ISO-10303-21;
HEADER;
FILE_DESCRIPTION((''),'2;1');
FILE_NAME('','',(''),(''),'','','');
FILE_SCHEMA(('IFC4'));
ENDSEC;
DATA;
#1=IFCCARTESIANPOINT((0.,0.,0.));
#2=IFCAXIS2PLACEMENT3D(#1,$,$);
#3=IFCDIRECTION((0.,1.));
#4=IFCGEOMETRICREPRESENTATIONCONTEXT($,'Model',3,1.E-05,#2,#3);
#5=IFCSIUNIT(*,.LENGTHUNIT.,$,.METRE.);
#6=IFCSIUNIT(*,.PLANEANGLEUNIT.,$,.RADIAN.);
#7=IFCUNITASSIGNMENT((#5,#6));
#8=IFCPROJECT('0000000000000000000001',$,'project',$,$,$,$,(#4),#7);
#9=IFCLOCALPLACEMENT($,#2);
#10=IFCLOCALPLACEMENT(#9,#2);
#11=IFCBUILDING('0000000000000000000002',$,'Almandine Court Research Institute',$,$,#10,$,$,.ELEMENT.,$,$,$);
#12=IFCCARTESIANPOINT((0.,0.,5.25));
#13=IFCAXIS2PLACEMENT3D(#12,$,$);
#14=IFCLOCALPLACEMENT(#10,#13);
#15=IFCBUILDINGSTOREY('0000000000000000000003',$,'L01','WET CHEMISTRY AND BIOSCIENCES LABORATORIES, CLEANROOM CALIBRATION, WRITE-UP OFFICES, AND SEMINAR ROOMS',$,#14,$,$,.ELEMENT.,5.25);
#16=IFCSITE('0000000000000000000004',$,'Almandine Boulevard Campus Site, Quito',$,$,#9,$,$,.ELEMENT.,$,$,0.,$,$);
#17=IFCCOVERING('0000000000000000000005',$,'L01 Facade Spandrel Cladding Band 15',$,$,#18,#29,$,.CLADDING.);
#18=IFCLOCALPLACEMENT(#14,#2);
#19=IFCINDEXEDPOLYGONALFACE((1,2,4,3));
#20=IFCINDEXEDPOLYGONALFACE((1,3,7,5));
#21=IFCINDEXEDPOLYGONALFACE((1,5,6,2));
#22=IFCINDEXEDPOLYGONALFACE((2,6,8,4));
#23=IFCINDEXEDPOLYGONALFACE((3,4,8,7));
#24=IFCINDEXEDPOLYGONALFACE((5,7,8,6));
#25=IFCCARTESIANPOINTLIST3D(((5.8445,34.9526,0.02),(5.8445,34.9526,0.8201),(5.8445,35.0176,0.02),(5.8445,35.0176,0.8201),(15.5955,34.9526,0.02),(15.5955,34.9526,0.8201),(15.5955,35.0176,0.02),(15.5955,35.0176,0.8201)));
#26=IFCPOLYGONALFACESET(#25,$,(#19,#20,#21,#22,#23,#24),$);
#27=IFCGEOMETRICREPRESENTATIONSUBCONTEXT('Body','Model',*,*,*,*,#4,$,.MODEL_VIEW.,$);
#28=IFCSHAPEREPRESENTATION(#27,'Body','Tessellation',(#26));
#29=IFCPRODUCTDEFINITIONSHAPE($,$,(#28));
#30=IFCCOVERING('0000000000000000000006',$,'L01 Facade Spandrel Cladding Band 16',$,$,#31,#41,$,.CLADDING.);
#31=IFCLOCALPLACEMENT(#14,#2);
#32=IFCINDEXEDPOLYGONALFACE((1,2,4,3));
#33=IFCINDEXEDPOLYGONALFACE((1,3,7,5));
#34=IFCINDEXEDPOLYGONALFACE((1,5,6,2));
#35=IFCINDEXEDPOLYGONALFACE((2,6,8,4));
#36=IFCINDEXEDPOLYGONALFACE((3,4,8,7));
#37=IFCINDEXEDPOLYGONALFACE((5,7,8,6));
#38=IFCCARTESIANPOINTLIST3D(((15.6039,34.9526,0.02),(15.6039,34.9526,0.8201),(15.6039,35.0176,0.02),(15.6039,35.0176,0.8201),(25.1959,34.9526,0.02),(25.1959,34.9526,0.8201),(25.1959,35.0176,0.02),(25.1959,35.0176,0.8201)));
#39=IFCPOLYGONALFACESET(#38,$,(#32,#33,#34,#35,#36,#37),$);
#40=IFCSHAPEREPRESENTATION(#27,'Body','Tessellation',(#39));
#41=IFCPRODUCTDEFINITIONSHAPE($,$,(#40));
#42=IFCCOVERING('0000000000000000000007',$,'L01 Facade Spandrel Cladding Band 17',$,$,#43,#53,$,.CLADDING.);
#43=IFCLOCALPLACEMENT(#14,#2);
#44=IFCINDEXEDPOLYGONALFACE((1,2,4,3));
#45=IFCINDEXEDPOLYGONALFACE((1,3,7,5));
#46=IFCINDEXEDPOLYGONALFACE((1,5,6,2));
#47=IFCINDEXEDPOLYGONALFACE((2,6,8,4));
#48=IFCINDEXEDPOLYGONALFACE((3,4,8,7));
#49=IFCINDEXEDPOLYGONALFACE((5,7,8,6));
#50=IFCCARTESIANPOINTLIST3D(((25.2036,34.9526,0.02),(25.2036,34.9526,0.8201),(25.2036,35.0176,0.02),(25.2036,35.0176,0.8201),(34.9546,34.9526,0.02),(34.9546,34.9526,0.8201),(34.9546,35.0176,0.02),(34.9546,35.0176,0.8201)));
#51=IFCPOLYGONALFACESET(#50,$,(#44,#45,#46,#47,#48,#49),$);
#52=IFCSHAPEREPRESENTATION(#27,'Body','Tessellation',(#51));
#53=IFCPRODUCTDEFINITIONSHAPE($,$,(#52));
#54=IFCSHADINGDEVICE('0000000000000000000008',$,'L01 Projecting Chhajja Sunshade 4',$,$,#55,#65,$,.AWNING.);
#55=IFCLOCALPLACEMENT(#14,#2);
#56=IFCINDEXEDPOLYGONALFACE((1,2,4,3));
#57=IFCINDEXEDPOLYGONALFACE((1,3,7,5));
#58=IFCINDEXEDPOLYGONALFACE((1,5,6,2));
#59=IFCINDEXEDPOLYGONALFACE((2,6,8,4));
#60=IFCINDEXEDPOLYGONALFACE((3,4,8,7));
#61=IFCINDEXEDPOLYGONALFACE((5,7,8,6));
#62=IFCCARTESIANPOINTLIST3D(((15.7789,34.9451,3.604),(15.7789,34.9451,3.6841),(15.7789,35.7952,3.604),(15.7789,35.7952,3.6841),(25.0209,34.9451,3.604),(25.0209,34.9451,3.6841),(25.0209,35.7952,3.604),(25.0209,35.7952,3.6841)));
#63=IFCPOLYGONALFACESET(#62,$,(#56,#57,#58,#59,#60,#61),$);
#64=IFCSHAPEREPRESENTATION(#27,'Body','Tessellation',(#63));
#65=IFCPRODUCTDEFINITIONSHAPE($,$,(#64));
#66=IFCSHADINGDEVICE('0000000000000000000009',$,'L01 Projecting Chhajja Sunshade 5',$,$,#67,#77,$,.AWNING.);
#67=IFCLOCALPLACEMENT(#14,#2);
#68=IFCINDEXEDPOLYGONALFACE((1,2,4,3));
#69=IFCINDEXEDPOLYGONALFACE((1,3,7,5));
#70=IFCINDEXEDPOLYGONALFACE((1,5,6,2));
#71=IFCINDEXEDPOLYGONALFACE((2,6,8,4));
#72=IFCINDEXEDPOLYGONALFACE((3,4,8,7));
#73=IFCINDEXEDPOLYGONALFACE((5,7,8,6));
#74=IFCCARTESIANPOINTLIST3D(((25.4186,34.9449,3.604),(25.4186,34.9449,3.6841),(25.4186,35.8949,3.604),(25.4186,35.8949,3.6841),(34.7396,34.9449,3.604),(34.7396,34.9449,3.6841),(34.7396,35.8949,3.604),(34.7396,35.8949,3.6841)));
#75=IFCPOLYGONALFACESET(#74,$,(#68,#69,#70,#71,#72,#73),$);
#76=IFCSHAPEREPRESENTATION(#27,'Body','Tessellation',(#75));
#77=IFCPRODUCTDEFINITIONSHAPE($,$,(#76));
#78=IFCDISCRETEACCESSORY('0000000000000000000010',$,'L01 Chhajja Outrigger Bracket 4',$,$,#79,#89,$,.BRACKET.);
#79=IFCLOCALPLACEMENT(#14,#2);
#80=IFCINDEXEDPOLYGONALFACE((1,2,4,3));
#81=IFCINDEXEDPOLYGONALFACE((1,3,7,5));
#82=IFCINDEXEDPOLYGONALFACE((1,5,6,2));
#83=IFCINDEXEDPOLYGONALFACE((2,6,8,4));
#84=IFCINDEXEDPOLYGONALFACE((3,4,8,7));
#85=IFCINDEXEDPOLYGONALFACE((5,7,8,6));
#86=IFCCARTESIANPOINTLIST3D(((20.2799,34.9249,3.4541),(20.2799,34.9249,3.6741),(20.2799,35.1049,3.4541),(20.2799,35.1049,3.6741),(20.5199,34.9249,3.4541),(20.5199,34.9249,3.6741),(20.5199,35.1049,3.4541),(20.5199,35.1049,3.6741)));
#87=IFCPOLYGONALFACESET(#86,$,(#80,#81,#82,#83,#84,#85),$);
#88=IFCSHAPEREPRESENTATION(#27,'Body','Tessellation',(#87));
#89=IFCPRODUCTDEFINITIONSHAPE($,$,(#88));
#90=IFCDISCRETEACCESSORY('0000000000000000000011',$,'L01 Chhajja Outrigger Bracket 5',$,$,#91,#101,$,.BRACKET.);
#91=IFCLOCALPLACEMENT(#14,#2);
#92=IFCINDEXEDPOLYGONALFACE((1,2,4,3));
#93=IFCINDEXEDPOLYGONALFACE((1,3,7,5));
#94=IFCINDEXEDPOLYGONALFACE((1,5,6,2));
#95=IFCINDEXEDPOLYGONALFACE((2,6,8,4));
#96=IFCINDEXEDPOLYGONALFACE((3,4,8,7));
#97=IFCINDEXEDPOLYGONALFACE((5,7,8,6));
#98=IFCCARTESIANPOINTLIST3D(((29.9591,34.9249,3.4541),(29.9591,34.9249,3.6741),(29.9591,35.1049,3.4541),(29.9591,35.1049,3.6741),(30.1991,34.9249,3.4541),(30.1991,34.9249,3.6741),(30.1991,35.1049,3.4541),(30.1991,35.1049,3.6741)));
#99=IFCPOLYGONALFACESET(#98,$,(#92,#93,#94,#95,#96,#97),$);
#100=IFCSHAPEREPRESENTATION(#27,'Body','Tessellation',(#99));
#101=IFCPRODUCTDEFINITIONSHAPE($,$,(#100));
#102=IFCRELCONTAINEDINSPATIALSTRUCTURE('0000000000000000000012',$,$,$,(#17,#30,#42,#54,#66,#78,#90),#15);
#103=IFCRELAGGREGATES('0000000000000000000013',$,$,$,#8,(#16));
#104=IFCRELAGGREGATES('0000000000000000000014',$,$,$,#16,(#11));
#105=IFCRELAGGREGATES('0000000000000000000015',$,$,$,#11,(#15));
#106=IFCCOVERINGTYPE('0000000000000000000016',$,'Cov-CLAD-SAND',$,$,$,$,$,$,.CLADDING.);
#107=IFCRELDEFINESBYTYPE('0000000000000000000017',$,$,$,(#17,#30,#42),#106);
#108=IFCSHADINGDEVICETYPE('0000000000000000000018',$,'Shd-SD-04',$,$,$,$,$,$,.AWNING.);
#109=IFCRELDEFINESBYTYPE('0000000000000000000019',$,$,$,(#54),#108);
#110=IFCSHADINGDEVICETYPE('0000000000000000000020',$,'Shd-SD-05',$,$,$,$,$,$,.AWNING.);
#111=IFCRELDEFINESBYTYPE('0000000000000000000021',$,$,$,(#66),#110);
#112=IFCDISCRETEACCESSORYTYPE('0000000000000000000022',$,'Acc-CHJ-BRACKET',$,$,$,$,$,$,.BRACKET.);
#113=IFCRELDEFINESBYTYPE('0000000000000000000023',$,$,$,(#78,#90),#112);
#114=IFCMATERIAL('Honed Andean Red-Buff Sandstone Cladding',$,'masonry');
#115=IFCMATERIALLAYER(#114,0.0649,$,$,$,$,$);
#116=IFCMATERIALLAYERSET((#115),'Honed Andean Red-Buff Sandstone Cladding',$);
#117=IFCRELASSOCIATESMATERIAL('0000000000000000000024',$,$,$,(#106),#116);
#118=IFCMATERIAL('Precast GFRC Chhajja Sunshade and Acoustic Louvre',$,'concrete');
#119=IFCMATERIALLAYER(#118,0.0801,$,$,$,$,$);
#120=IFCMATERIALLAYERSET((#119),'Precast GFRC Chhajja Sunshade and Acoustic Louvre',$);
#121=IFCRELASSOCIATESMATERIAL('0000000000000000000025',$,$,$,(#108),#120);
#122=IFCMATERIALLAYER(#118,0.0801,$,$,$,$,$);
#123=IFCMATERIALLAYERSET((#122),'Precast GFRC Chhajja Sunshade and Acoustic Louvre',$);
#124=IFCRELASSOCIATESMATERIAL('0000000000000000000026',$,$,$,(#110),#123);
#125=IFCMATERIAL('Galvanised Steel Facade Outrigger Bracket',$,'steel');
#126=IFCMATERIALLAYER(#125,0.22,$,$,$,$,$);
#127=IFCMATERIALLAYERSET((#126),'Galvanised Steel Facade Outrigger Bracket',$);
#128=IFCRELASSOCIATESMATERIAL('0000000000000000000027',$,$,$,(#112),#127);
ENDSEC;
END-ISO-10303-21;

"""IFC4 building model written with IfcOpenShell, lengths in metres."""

from ifc_helpers import new_model, si_unit, direction, frame, origin, origin_2d, place, context, subcontext, project, spatial, rectangle, extrude, material, layer, layer_set, type_object, element, save


model = new_model("IFC4")

# Units and contexts
model_context = context("Model", 3, precision=1e-05, world=origin(), true_north=direction((0.0, 1.0)))
body_context = subcontext(model_context, "Body", "Model", "MODEL_VIEW")
ifc_project = project(units=[si_unit("LENGTHUNIT", "METRE"), si_unit("PLANEANGLEUNIT", "RADIAN")], contexts=[model_context])

# Site, building, storey
site_placement = place(None, origin())
site = spatial("IfcSite", under=ifc_project, at=site_placement, Name="Almandine Boulevard Campus Site, Quito", CompositionType="ELEMENT", RefElevation=0.0)
building_placement = place(site_placement, origin())
building = spatial("IfcBuilding", under=site, at=building_placement, Name="Almandine Court Research Institute", CompositionType="ELEMENT")
storey_placement = place(building_placement, frame((0.0, 0.0, 5.25)))
storey = spatial("IfcBuildingStorey", under=building, at=storey_placement, Name="L01", Description="WET CHEMISTRY AND BIOSCIENCES LABORATORIES, CLEANROOM CALIBRATION, WRITE-UP OFFICES, AND SEMINAR ROOMS", CompositionType="ELEMENT", Elevation=5.25)

# Coverings
ifc_material_1 = material(Name="Honed Andean Red-Buff Sandstone Cladding", Category="masonry")
ifc_layer_1 = layer(ifc_material_1, 0.0649)
ifc_layer_set_1 = layer_set([ifc_layer_1], Name="Honed Andean Red-Buff Sandstone Cladding")
covering_type = type_object("IfcCoveringType", Name="Cov-CLAD-SAND", PredefinedType="CLADDING", material=ifc_layer_set_1)
covering_1_placement = place(storey_placement, frame((10.72, 34.9851, 0.02), z_axis=(0.0, 0.0, 1.0), x_axis=(1.0, 0.0, 0.0)))
element("IfcCovering", 1, at=covering_1_placement, inside=storey, type_object=covering_type, Name="L01 Facade Spandrel Cladding Band 15", PredefinedType="CLADDING", context=body_context, shape_type="SweptSolid", body=[
    extrude(rectangle(XDim=9.751, YDim=0.0649, at=origin_2d()), origin(), (0.0, 0.0, 1.0), 0.8),
])
covering_2_placement = place(storey_placement, frame((20.3999, 34.9851, 0.02), z_axis=(0.0, 0.0, 1.0), x_axis=(1.0, 0.0, 0.0)))
element("IfcCovering", 2, at=covering_2_placement, inside=storey, type_object=covering_type, Name="L01 Facade Spandrel Cladding Band 16", PredefinedType="CLADDING", context=body_context, shape_type="SweptSolid", body=[
    extrude(rectangle(XDim=9.592, YDim=0.0649, at=origin_2d()), origin(), (0.0, 0.0, 1.0), 0.8),
])
covering_3_placement = place(storey_placement, frame((30.0791, 34.9851, 0.02), z_axis=(0.0, 0.0, 1.0), x_axis=(1.0, 0.0, 0.0)))
element("IfcCovering", 3, at=covering_3_placement, inside=storey, type_object=covering_type, Name="L01 Facade Spandrel Cladding Band 17", PredefinedType="CLADDING", context=body_context, shape_type="SweptSolid", body=[
    extrude(rectangle(XDim=9.751, YDim=0.0649, at=origin_2d()), origin(), (0.0, 0.0, 1.0), 0.8),
])

# Shading devices
ifc_material_2 = material(Name="Precast GFRC Chhajja Sunshade and Acoustic Louvre", Category="concrete")
ifc_layer_2 = layer(ifc_material_2, 0.0801)
ifc_layer_set_2 = layer_set([ifc_layer_2], Name="Precast GFRC Chhajja Sunshade and Acoustic Louvre")
shading_device_type_1 = type_object("IfcShadingDeviceType", Name="Shd-SD-04", PredefinedType="AWNING", material=ifc_layer_set_2)
shading_device_1_placement = place(storey_placement, frame((20.3999, 35.3701, 3.604), z_axis=(0.0, 0.0, 1.0), x_axis=(1.0, 0.0, 0.0)))
element("IfcShadingDevice", 4, at=shading_device_1_placement, inside=storey, type_object=shading_device_type_1, Name="L01 Projecting Chhajja Sunshade 4", PredefinedType="AWNING", context=body_context, shape_type="SweptSolid", body=[
    extrude(rectangle(XDim=9.2419, YDim=0.8501, at=origin_2d()), origin(), (0.0, 0.0, 1.0), 0.0801),
])
ifc_layer_3 = layer(ifc_material_2, 0.0801)
ifc_layer_set_3 = layer_set([ifc_layer_3], Name="Precast GFRC Chhajja Sunshade and Acoustic Louvre")
shading_device_type_2 = type_object("IfcShadingDeviceType", Name="Shd-SD-05", PredefinedType="AWNING", material=ifc_layer_set_3)
shading_device_2_placement = place(storey_placement, frame((30.0791, 35.4199, 3.604), z_axis=(0.0, 0.0, 1.0), x_axis=(1.0, 0.0, 0.0)))
element("IfcShadingDevice", 5, at=shading_device_2_placement, inside=storey, type_object=shading_device_type_2, Name="L01 Projecting Chhajja Sunshade 5", PredefinedType="AWNING", context=body_context, shape_type="SweptSolid", body=[
    extrude(rectangle(XDim=9.321, YDim=0.95, at=origin_2d()), origin(), (0.0, 0.0, 1.0), 0.0801),
])

# Discrete accessories
ifc_material_3 = material(Name="Galvanised Steel Facade Outrigger Bracket", Category="steel")
ifc_layer_4 = layer(ifc_material_3, 0.22)
ifc_layer_set_4 = layer_set([ifc_layer_4], Name="Galvanised Steel Facade Outrigger Bracket")
discrete_accessory_type = type_object("IfcDiscreteAccessoryType", Name="Acc-CHJ-BRACKET", PredefinedType="BRACKET", material=ifc_layer_set_4)
for number, where, z_axis, x_axis, name in (
    (6, (20.3999, 35.0149, 3.4541), (0.0, 0.0, 1.0), (1.0, 0.0, 0.0), "L01 Chhajja Outrigger Bracket 4"),
    (7, (30.0791, 35.0149, 3.4541), (0.0, 0.0, 1.0), (1.0, 0.0, 0.0), "L01 Chhajja Outrigger Bracket 5"),
):
    element("IfcDiscreteAccessory", number, at=place(storey_placement, frame(where, z_axis=z_axis, x_axis=x_axis)), inside=storey, type_object=discrete_accessory_type, Name=name, PredefinedType="BRACKET", context=body_context, shape_type="SweptSolid", body=[
        extrude(rectangle(XDim=0.24, YDim=0.1799, at=origin_2d()), origin(), (0.0, 0.0, 1.0), 0.22),
    ])

save(model, "model.ifc")
